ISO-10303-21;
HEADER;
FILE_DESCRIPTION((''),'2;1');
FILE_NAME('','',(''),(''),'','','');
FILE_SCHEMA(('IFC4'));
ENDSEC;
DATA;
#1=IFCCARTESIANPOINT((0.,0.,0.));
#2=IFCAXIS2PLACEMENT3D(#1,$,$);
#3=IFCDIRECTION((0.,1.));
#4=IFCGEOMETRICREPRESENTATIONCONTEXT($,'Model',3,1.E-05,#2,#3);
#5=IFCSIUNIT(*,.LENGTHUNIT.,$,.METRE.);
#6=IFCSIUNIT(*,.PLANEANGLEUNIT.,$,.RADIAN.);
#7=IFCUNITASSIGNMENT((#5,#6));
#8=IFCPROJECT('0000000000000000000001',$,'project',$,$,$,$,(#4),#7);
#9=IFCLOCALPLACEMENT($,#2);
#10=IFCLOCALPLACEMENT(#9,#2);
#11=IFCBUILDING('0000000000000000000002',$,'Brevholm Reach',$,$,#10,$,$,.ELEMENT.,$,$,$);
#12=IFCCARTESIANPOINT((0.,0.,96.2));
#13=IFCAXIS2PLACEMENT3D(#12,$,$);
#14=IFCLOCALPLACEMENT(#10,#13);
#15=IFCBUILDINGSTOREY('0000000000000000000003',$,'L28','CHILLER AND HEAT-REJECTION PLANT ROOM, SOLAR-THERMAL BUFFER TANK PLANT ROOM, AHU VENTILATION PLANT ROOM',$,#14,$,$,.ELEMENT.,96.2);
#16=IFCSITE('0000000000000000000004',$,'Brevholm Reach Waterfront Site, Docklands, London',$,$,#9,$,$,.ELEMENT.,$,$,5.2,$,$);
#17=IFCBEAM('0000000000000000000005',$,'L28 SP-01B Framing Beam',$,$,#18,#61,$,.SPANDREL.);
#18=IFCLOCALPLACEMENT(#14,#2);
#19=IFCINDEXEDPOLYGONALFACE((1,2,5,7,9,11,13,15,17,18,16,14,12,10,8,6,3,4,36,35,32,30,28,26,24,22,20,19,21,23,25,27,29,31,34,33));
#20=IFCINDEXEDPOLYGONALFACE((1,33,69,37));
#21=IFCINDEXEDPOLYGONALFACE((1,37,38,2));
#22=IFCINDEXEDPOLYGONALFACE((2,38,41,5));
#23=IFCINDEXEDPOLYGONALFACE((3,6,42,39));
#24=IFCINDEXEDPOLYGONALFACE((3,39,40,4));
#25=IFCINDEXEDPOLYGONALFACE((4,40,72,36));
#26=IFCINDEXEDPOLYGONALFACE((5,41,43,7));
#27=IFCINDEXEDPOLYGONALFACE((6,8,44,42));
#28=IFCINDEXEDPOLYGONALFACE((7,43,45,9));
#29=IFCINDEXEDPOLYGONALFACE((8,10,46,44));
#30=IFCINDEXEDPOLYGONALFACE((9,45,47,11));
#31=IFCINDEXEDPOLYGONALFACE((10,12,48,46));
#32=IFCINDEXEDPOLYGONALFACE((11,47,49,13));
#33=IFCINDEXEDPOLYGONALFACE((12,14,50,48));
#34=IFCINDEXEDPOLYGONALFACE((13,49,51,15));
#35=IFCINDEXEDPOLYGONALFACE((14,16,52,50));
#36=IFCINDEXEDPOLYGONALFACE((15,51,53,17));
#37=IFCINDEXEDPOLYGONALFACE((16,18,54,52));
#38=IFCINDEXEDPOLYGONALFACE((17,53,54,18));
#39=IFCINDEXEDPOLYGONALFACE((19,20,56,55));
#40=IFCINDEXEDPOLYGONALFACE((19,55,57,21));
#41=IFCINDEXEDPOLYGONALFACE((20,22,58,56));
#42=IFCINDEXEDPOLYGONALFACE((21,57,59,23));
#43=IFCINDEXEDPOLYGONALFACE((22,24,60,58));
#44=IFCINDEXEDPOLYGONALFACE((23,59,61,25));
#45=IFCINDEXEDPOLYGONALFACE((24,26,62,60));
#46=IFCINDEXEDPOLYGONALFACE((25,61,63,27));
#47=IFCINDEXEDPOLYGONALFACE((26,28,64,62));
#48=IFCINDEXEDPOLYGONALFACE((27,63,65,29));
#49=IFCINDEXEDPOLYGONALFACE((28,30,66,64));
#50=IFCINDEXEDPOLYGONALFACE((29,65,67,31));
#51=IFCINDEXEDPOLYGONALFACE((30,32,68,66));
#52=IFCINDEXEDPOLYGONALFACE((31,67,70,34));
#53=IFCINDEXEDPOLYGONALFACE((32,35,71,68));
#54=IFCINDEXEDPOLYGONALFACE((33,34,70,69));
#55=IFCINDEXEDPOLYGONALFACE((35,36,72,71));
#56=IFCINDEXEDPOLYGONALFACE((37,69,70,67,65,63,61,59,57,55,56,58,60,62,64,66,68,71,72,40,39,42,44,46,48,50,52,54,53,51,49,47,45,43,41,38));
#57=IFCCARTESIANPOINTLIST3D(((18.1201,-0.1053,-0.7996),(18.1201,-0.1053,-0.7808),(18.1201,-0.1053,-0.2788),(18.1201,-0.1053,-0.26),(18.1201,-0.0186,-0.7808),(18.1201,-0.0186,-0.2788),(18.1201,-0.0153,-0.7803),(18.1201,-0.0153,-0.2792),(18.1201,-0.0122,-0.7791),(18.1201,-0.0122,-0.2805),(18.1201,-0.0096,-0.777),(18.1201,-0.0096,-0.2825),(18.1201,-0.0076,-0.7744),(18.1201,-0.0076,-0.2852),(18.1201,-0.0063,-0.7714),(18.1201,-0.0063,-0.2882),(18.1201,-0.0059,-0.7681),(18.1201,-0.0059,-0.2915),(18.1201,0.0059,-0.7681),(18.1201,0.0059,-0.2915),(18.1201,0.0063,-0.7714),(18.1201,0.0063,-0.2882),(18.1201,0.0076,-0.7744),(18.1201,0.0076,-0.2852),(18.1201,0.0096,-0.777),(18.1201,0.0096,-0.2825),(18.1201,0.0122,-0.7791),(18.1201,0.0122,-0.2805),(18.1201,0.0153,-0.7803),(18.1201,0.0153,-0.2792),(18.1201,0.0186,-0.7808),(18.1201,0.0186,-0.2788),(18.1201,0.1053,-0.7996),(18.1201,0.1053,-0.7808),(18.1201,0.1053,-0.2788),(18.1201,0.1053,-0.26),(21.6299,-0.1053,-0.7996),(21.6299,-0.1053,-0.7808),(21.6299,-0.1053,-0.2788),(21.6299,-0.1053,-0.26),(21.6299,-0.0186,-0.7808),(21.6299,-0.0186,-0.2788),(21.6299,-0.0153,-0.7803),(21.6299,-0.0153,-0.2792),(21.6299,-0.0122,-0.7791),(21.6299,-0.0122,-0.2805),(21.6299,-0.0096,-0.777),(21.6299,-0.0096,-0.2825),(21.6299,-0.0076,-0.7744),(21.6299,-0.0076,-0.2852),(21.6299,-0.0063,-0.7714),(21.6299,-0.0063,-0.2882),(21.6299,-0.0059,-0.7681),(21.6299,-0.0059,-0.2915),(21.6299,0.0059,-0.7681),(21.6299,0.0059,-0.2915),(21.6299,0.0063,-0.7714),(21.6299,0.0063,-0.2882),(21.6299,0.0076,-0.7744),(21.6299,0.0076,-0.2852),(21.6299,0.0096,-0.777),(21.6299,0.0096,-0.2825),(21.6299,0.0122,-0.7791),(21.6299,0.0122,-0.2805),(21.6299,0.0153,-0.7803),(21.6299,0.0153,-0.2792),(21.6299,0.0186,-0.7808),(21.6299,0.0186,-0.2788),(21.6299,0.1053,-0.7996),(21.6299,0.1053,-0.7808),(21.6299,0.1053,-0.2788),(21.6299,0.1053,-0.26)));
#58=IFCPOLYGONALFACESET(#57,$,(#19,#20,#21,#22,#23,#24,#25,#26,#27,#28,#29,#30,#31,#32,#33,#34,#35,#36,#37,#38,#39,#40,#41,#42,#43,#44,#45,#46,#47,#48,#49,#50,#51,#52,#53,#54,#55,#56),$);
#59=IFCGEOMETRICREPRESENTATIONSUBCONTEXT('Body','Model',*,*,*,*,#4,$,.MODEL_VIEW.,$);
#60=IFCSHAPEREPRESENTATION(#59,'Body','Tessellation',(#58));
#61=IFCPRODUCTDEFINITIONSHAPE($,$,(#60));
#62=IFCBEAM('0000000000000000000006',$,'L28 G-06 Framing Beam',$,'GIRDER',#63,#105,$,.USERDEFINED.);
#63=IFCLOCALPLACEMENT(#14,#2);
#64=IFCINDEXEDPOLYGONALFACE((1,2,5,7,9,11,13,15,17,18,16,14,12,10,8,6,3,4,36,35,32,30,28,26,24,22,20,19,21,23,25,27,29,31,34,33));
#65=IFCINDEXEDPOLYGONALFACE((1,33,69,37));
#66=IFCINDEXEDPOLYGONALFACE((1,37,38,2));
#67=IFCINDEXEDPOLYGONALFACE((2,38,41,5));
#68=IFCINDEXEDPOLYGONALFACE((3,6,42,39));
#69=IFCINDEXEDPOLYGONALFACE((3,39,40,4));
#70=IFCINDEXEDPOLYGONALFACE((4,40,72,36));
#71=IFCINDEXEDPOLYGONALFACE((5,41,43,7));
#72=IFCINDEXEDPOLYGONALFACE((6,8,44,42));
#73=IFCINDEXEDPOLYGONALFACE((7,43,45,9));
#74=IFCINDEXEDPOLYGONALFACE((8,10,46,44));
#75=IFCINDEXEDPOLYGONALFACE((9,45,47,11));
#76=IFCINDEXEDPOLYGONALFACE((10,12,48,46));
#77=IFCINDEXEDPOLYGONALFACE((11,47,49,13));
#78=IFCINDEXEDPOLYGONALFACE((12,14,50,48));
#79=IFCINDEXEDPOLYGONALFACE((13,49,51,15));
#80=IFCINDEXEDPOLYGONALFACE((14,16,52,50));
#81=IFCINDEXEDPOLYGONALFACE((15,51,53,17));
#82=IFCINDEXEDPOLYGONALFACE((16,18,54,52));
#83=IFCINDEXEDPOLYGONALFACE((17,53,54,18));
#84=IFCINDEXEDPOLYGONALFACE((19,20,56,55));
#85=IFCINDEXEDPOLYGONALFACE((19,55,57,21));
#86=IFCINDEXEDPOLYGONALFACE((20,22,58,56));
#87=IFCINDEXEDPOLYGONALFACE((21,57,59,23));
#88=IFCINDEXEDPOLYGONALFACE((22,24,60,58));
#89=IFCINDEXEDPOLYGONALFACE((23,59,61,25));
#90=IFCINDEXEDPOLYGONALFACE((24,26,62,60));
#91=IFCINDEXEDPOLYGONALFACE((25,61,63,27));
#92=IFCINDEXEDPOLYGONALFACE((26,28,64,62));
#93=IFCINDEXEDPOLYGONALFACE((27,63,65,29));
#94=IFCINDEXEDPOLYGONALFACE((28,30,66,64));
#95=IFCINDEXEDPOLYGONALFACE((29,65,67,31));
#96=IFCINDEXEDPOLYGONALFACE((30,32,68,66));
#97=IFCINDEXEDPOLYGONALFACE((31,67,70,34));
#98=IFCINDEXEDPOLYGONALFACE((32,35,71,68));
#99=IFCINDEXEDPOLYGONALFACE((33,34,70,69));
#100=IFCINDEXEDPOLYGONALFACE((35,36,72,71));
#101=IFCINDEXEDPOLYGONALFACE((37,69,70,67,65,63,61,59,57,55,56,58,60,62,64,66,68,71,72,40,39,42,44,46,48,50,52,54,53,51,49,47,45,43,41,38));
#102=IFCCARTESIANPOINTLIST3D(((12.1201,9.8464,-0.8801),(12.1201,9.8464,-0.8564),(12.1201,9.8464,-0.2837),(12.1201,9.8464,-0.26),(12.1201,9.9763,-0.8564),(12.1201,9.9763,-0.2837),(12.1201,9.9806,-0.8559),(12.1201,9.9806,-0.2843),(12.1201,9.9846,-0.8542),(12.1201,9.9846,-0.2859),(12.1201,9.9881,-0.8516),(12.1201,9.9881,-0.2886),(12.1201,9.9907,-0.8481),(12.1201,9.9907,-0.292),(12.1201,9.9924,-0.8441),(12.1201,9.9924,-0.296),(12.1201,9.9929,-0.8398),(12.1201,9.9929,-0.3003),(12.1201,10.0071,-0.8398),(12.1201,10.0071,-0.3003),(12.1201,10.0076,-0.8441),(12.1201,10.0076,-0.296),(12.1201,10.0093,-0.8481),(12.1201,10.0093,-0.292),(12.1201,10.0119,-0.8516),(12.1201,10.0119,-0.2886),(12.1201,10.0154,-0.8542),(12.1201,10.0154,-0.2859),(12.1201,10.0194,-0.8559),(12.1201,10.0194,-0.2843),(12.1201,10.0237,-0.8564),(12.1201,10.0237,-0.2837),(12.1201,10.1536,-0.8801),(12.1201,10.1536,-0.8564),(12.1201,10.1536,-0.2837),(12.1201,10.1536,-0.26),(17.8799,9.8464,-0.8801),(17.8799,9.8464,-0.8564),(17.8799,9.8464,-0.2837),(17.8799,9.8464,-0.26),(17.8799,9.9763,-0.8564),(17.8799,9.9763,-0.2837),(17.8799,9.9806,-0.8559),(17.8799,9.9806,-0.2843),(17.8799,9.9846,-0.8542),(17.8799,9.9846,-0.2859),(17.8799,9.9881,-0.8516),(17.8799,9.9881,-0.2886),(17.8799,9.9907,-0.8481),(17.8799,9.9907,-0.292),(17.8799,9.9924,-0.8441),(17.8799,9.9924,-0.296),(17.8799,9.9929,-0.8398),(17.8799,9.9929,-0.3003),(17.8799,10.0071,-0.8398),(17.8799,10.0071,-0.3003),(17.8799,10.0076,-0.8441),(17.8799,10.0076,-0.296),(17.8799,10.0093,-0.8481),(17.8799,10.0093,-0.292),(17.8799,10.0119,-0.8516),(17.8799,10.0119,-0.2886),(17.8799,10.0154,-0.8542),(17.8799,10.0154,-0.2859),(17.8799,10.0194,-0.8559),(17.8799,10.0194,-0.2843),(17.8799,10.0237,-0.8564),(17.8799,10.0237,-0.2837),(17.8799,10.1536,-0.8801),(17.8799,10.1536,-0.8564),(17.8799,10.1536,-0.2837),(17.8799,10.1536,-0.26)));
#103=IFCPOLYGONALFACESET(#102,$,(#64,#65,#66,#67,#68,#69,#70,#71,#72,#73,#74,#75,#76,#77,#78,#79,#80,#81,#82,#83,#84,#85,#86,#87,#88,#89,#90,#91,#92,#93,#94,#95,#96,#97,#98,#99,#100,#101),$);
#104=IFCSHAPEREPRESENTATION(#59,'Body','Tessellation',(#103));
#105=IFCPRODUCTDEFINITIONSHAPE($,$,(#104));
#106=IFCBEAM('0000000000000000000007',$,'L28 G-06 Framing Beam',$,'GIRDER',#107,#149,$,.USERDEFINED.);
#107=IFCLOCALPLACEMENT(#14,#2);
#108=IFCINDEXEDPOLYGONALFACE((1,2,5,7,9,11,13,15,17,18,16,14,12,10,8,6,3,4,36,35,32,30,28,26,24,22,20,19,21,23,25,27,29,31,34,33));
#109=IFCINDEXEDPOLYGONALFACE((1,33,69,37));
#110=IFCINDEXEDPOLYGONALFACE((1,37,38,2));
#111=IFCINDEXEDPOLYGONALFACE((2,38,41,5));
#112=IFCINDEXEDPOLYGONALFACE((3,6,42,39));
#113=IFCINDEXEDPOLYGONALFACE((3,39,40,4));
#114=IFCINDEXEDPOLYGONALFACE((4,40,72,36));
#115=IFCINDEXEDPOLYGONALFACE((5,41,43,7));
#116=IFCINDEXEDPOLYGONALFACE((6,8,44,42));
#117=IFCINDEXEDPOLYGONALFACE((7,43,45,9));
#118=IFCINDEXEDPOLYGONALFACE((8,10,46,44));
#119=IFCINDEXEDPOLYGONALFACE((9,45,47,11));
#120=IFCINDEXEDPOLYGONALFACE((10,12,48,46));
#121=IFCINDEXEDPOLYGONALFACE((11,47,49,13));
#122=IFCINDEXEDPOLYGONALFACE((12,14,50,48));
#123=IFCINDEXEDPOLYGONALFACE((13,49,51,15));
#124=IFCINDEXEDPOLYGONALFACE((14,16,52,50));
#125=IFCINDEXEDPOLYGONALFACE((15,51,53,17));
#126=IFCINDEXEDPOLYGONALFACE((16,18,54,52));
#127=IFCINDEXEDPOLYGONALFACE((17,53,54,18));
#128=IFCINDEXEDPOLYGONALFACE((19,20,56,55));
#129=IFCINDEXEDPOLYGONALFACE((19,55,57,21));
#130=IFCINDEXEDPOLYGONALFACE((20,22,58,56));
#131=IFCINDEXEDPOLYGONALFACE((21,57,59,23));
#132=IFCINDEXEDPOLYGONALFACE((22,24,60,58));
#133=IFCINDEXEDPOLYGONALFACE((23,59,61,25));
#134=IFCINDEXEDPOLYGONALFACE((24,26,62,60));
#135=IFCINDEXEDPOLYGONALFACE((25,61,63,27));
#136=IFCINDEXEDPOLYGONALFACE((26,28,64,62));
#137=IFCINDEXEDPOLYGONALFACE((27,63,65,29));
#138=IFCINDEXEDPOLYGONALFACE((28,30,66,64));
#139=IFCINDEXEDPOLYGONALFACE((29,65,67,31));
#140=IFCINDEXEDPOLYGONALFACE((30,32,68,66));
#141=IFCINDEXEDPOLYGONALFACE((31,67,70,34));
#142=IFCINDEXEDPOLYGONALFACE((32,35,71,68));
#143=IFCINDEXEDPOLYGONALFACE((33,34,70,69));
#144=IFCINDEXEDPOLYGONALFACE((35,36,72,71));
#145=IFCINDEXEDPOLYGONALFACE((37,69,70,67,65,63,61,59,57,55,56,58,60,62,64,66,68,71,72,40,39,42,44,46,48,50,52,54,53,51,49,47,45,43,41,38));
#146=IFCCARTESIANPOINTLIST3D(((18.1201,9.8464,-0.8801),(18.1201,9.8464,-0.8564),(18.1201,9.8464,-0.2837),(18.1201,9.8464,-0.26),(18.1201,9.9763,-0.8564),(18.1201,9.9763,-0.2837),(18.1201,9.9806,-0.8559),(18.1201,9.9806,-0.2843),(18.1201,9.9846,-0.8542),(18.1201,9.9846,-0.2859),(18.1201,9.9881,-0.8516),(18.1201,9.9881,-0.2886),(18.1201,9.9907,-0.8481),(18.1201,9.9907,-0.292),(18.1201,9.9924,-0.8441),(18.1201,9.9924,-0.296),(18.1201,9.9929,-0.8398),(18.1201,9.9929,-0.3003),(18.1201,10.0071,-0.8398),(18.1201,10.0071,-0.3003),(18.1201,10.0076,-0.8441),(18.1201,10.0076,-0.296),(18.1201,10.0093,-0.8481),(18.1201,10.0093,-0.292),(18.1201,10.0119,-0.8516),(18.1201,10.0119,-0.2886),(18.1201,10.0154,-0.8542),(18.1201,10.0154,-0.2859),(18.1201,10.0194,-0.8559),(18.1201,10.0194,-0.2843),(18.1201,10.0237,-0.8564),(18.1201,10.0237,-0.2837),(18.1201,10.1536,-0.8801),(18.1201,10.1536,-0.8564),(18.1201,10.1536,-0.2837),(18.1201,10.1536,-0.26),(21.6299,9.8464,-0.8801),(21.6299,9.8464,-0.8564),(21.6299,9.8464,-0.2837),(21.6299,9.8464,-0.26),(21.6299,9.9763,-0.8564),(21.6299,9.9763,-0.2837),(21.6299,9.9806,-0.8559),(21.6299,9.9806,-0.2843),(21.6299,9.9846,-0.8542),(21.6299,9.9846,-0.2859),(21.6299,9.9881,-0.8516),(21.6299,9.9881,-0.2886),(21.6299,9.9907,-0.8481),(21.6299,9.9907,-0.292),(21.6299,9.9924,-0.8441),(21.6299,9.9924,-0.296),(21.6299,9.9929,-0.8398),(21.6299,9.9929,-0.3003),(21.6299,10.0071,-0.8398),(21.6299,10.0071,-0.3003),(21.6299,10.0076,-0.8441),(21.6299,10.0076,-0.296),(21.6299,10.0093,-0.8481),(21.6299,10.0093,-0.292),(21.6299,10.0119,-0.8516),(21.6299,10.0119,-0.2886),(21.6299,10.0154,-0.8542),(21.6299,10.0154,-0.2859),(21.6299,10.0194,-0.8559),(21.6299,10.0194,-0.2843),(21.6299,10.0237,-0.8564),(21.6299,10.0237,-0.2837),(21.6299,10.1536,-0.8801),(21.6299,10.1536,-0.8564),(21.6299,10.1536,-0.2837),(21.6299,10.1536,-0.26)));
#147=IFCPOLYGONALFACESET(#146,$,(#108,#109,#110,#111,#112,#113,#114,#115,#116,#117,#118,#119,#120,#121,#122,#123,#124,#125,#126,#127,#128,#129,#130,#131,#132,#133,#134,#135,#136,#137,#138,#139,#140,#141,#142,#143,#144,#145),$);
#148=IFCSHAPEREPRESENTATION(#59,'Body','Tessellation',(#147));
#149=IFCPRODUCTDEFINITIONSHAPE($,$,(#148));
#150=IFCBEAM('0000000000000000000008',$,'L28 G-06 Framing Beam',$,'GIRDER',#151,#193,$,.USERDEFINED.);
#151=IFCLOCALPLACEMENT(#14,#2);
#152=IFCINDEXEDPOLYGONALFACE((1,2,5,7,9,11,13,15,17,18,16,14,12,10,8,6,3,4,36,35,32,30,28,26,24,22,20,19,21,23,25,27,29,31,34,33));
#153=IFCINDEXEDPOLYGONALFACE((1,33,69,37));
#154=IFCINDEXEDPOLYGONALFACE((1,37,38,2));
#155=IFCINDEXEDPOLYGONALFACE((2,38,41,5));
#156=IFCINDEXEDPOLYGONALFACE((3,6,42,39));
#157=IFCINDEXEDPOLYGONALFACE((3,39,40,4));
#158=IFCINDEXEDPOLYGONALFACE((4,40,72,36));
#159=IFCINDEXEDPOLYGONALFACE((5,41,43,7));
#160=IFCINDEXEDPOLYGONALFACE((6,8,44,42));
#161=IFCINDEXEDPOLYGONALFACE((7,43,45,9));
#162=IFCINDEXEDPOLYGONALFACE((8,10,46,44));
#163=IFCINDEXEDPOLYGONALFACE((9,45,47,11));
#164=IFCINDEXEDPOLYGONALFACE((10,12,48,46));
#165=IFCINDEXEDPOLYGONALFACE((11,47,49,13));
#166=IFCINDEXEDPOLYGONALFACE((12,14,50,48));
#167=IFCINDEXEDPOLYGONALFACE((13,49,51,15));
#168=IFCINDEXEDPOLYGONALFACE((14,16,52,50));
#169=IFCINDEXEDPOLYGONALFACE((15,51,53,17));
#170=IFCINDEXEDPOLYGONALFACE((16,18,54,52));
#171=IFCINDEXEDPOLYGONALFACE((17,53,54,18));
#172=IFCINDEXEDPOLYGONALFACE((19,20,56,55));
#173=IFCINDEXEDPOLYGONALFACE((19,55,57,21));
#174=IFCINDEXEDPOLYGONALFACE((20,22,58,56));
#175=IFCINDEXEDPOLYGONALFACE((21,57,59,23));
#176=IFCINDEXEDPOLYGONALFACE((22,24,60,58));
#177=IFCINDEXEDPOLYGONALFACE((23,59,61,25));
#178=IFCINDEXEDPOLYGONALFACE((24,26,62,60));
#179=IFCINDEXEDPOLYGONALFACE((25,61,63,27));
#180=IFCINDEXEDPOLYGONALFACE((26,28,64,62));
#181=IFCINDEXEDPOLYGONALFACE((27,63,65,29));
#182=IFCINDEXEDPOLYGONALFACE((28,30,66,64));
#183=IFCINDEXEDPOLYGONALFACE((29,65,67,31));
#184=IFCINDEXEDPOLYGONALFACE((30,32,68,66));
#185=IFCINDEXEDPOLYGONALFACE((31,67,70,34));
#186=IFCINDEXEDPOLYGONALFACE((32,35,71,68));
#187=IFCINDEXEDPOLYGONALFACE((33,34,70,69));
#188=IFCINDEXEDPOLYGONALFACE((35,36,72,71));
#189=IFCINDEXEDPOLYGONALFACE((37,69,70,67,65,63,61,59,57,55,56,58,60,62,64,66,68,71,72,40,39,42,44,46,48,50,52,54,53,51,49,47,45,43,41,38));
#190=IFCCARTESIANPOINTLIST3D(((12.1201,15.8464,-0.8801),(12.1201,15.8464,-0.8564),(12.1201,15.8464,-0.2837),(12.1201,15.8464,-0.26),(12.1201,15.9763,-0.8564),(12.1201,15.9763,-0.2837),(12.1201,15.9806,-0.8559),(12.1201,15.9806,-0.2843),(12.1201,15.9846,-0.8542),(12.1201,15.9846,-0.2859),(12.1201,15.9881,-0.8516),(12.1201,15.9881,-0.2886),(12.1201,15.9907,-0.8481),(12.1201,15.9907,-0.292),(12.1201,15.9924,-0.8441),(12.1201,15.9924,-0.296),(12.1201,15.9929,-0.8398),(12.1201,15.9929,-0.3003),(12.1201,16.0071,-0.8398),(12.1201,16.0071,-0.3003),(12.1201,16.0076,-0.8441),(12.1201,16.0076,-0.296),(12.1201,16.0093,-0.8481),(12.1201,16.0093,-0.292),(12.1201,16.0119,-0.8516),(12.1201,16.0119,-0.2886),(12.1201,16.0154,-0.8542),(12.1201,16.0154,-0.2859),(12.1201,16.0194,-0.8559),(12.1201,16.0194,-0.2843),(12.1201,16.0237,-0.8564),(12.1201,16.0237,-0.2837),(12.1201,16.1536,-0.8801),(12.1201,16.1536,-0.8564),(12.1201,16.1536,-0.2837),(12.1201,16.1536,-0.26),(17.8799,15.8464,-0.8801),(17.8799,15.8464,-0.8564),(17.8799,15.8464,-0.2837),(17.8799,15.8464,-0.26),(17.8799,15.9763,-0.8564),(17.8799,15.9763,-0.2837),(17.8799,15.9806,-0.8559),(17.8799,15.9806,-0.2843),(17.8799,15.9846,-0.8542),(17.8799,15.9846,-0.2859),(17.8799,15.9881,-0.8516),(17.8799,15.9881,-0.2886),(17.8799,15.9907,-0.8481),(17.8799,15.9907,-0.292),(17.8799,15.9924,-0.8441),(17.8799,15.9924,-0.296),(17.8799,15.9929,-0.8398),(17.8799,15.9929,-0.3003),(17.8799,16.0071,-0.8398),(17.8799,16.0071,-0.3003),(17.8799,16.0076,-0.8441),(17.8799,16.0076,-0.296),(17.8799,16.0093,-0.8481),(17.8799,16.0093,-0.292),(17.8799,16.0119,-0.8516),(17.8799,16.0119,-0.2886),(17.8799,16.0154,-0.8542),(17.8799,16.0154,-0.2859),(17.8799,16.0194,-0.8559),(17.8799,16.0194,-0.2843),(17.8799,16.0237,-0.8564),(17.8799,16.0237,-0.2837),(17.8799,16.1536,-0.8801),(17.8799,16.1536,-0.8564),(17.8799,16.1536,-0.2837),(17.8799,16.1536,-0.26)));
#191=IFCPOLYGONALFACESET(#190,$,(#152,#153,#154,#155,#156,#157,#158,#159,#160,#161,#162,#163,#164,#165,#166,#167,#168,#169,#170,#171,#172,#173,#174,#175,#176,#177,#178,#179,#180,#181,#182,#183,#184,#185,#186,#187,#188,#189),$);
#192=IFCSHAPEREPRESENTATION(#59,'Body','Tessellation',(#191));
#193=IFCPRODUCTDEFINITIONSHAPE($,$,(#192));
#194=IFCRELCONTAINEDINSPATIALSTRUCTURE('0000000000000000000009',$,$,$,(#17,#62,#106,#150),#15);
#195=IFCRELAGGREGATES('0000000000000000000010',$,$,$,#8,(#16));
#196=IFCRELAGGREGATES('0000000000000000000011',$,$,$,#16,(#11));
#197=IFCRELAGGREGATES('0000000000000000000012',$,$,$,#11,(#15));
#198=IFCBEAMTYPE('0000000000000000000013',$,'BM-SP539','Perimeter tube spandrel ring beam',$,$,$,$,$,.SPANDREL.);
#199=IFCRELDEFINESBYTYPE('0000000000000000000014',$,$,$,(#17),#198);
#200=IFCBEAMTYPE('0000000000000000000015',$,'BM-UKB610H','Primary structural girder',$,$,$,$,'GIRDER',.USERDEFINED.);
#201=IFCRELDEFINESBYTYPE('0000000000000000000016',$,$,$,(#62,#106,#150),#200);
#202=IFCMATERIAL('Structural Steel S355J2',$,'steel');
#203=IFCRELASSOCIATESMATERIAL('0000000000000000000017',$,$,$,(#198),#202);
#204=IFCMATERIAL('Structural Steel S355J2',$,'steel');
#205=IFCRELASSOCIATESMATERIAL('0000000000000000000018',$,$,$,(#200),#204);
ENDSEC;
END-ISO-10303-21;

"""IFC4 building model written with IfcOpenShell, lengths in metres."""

from ifc_helpers import new_model, si_unit, direction, frame, origin, origin_2d, place, context, subcontext, project, spatial, i_section, extrude, material, material_profile, profile_set, type_object, element, save


model = new_model("IFC4")

# Units and contexts
model_context = context("Model", 3, precision=1e-05, world=origin(), true_north=direction((0.0, 1.0)))
body_context = subcontext(model_context, "Body", "Model", "MODEL_VIEW")
ifc_project = project(units=[si_unit("LENGTHUNIT", "METRE"), si_unit("PLANEANGLEUNIT", "RADIAN")], contexts=[model_context])

# Site, building, storey
site_placement = place(None, origin())
site = spatial("IfcSite", under=ifc_project, at=site_placement, Name="Brevholm Reach Waterfront Site, Docklands, London", CompositionType="ELEMENT", RefElevation=5.2)
building_placement = place(site_placement, origin())
building = spatial("IfcBuilding", under=site, at=building_placement, Name="Brevholm Reach", CompositionType="ELEMENT")
storey_placement = place(building_placement, frame((0.0, 0.0, 96.2)))
storey = spatial("IfcBuildingStorey", under=building, at=storey_placement, Name="L28", Description="CHILLER AND HEAT-REJECTION PLANT ROOM, SOLAR-THERMAL BUFFER TANK PLANT ROOM, AHU VENTILATION PLANT ROOM", CompositionType="ELEMENT", Elevation=96.2)

# Beams
ifc_material_1 = material(Name="Structural Steel S355J2", Category="steel")
ifc_material_profile_1 = material_profile(ifc_material_1, i_section(OverallWidth=0.2107, OverallDepth=0.5396, WebThickness=0.0117, FlangeThickness=0.0188, FilletRadius=0.0127, at=origin_2d()), Name="UKB 533x210x109")
ifc_profile_set_1 = profile_set([ifc_material_profile_1], Name="Structural Steel S355J2")
beam_type_1 = type_object("IfcBeamType", Name="BM-SP539", Description="Perimeter tube spandrel ring beam", PredefinedType="SPANDREL", material=ifc_profile_set_1)
beam_1_placement = place(storey_placement, frame((18.1201, 0.0, -0.5298), z_axis=(1.0, 0.0, 0.0), x_axis=(0.0, 1.0, 0.0)))
element("IfcBeam", 1, at=beam_1_placement, inside=storey, type_object=beam_type_1, Name="L28 SP-01B Framing Beam", PredefinedType="SPANDREL", context=body_context, shape_type="SweptSolid", body=[
    extrude(i_section(OverallWidth=0.2107, OverallDepth=0.5396, WebThickness=0.0117, FlangeThickness=0.0188, FilletRadius=0.0127, at=origin_2d()), origin(), (0.0, 0.0, 1.0), 3.5098),
])
ifc_material_2 = material(Name="Structural Steel S355J2", Category="steel")
ifc_material_profile_2 = material_profile(ifc_material_2, i_section(OverallWidth=0.3071, OverallDepth=0.6201, WebThickness=0.0142, FlangeThickness=0.0237, FilletRadius=0.0166, at=origin_2d()), Name="UKB 610x305x179")
ifc_profile_set_2 = profile_set([ifc_material_profile_2], Name="Structural Steel S355J2")
beam_type_2 = type_object("IfcBeamType", Name="BM-UKB610H", Description="Primary structural girder", ElementType="GIRDER", PredefinedType="USERDEFINED", material=ifc_profile_set_2)
beam_2_placement = place(storey_placement, frame((12.1201, 10.0, -0.5701), z_axis=(1.0, 0.0, 0.0), x_axis=(0.0, 1.0, 0.0)))
element("IfcBeam", 2, at=beam_2_placement, inside=storey, type_object=beam_type_2, Name="L28 G-06 Framing Beam", ObjectType="GIRDER", PredefinedType="USERDEFINED", context=body_context, shape_type="SweptSolid", body=[
    extrude(i_section(OverallWidth=0.3071, OverallDepth=0.6201, WebThickness=0.0142, FlangeThickness=0.0237, FilletRadius=0.0166, at=origin_2d()), origin(), (0.0, 0.0, 1.0), 5.7598),
])
beam_3_placement = place(storey_placement, frame((18.1201, 10.0, -0.5701), z_axis=(1.0, 0.0, 0.0), x_axis=(0.0, 1.0, 0.0)))
element("IfcBeam", 3, at=beam_3_placement, inside=storey, type_object=beam_type_2, Name="L28 G-06 Framing Beam", ObjectType="GIRDER", PredefinedType="USERDEFINED", context=body_context, shape_type="SweptSolid", body=[
    extrude(i_section(OverallWidth=0.3071, OverallDepth=0.6201, WebThickness=0.0142, FlangeThickness=0.0237, FilletRadius=0.0166, at=origin_2d()), origin(), (0.0, 0.0, 1.0), 3.5098),
])
beam_4_placement = place(storey_placement, frame((12.1201, 16.0, -0.5701), z_axis=(1.0, 0.0, 0.0), x_axis=(0.0, 1.0, 0.0)))
element("IfcBeam", 4, at=beam_4_placement, inside=storey, type_object=beam_type_2, Name="L28 G-06 Framing Beam", ObjectType="GIRDER", PredefinedType="USERDEFINED", context=body_context, shape_type="SweptSolid", body=[
    extrude(i_section(OverallWidth=0.3071, OverallDepth=0.6201, WebThickness=0.0142, FlangeThickness=0.0237, FilletRadius=0.0166, at=origin_2d()), origin(), (0.0, 0.0, 1.0), 5.7598),
])

save(model, "model.ifc")
